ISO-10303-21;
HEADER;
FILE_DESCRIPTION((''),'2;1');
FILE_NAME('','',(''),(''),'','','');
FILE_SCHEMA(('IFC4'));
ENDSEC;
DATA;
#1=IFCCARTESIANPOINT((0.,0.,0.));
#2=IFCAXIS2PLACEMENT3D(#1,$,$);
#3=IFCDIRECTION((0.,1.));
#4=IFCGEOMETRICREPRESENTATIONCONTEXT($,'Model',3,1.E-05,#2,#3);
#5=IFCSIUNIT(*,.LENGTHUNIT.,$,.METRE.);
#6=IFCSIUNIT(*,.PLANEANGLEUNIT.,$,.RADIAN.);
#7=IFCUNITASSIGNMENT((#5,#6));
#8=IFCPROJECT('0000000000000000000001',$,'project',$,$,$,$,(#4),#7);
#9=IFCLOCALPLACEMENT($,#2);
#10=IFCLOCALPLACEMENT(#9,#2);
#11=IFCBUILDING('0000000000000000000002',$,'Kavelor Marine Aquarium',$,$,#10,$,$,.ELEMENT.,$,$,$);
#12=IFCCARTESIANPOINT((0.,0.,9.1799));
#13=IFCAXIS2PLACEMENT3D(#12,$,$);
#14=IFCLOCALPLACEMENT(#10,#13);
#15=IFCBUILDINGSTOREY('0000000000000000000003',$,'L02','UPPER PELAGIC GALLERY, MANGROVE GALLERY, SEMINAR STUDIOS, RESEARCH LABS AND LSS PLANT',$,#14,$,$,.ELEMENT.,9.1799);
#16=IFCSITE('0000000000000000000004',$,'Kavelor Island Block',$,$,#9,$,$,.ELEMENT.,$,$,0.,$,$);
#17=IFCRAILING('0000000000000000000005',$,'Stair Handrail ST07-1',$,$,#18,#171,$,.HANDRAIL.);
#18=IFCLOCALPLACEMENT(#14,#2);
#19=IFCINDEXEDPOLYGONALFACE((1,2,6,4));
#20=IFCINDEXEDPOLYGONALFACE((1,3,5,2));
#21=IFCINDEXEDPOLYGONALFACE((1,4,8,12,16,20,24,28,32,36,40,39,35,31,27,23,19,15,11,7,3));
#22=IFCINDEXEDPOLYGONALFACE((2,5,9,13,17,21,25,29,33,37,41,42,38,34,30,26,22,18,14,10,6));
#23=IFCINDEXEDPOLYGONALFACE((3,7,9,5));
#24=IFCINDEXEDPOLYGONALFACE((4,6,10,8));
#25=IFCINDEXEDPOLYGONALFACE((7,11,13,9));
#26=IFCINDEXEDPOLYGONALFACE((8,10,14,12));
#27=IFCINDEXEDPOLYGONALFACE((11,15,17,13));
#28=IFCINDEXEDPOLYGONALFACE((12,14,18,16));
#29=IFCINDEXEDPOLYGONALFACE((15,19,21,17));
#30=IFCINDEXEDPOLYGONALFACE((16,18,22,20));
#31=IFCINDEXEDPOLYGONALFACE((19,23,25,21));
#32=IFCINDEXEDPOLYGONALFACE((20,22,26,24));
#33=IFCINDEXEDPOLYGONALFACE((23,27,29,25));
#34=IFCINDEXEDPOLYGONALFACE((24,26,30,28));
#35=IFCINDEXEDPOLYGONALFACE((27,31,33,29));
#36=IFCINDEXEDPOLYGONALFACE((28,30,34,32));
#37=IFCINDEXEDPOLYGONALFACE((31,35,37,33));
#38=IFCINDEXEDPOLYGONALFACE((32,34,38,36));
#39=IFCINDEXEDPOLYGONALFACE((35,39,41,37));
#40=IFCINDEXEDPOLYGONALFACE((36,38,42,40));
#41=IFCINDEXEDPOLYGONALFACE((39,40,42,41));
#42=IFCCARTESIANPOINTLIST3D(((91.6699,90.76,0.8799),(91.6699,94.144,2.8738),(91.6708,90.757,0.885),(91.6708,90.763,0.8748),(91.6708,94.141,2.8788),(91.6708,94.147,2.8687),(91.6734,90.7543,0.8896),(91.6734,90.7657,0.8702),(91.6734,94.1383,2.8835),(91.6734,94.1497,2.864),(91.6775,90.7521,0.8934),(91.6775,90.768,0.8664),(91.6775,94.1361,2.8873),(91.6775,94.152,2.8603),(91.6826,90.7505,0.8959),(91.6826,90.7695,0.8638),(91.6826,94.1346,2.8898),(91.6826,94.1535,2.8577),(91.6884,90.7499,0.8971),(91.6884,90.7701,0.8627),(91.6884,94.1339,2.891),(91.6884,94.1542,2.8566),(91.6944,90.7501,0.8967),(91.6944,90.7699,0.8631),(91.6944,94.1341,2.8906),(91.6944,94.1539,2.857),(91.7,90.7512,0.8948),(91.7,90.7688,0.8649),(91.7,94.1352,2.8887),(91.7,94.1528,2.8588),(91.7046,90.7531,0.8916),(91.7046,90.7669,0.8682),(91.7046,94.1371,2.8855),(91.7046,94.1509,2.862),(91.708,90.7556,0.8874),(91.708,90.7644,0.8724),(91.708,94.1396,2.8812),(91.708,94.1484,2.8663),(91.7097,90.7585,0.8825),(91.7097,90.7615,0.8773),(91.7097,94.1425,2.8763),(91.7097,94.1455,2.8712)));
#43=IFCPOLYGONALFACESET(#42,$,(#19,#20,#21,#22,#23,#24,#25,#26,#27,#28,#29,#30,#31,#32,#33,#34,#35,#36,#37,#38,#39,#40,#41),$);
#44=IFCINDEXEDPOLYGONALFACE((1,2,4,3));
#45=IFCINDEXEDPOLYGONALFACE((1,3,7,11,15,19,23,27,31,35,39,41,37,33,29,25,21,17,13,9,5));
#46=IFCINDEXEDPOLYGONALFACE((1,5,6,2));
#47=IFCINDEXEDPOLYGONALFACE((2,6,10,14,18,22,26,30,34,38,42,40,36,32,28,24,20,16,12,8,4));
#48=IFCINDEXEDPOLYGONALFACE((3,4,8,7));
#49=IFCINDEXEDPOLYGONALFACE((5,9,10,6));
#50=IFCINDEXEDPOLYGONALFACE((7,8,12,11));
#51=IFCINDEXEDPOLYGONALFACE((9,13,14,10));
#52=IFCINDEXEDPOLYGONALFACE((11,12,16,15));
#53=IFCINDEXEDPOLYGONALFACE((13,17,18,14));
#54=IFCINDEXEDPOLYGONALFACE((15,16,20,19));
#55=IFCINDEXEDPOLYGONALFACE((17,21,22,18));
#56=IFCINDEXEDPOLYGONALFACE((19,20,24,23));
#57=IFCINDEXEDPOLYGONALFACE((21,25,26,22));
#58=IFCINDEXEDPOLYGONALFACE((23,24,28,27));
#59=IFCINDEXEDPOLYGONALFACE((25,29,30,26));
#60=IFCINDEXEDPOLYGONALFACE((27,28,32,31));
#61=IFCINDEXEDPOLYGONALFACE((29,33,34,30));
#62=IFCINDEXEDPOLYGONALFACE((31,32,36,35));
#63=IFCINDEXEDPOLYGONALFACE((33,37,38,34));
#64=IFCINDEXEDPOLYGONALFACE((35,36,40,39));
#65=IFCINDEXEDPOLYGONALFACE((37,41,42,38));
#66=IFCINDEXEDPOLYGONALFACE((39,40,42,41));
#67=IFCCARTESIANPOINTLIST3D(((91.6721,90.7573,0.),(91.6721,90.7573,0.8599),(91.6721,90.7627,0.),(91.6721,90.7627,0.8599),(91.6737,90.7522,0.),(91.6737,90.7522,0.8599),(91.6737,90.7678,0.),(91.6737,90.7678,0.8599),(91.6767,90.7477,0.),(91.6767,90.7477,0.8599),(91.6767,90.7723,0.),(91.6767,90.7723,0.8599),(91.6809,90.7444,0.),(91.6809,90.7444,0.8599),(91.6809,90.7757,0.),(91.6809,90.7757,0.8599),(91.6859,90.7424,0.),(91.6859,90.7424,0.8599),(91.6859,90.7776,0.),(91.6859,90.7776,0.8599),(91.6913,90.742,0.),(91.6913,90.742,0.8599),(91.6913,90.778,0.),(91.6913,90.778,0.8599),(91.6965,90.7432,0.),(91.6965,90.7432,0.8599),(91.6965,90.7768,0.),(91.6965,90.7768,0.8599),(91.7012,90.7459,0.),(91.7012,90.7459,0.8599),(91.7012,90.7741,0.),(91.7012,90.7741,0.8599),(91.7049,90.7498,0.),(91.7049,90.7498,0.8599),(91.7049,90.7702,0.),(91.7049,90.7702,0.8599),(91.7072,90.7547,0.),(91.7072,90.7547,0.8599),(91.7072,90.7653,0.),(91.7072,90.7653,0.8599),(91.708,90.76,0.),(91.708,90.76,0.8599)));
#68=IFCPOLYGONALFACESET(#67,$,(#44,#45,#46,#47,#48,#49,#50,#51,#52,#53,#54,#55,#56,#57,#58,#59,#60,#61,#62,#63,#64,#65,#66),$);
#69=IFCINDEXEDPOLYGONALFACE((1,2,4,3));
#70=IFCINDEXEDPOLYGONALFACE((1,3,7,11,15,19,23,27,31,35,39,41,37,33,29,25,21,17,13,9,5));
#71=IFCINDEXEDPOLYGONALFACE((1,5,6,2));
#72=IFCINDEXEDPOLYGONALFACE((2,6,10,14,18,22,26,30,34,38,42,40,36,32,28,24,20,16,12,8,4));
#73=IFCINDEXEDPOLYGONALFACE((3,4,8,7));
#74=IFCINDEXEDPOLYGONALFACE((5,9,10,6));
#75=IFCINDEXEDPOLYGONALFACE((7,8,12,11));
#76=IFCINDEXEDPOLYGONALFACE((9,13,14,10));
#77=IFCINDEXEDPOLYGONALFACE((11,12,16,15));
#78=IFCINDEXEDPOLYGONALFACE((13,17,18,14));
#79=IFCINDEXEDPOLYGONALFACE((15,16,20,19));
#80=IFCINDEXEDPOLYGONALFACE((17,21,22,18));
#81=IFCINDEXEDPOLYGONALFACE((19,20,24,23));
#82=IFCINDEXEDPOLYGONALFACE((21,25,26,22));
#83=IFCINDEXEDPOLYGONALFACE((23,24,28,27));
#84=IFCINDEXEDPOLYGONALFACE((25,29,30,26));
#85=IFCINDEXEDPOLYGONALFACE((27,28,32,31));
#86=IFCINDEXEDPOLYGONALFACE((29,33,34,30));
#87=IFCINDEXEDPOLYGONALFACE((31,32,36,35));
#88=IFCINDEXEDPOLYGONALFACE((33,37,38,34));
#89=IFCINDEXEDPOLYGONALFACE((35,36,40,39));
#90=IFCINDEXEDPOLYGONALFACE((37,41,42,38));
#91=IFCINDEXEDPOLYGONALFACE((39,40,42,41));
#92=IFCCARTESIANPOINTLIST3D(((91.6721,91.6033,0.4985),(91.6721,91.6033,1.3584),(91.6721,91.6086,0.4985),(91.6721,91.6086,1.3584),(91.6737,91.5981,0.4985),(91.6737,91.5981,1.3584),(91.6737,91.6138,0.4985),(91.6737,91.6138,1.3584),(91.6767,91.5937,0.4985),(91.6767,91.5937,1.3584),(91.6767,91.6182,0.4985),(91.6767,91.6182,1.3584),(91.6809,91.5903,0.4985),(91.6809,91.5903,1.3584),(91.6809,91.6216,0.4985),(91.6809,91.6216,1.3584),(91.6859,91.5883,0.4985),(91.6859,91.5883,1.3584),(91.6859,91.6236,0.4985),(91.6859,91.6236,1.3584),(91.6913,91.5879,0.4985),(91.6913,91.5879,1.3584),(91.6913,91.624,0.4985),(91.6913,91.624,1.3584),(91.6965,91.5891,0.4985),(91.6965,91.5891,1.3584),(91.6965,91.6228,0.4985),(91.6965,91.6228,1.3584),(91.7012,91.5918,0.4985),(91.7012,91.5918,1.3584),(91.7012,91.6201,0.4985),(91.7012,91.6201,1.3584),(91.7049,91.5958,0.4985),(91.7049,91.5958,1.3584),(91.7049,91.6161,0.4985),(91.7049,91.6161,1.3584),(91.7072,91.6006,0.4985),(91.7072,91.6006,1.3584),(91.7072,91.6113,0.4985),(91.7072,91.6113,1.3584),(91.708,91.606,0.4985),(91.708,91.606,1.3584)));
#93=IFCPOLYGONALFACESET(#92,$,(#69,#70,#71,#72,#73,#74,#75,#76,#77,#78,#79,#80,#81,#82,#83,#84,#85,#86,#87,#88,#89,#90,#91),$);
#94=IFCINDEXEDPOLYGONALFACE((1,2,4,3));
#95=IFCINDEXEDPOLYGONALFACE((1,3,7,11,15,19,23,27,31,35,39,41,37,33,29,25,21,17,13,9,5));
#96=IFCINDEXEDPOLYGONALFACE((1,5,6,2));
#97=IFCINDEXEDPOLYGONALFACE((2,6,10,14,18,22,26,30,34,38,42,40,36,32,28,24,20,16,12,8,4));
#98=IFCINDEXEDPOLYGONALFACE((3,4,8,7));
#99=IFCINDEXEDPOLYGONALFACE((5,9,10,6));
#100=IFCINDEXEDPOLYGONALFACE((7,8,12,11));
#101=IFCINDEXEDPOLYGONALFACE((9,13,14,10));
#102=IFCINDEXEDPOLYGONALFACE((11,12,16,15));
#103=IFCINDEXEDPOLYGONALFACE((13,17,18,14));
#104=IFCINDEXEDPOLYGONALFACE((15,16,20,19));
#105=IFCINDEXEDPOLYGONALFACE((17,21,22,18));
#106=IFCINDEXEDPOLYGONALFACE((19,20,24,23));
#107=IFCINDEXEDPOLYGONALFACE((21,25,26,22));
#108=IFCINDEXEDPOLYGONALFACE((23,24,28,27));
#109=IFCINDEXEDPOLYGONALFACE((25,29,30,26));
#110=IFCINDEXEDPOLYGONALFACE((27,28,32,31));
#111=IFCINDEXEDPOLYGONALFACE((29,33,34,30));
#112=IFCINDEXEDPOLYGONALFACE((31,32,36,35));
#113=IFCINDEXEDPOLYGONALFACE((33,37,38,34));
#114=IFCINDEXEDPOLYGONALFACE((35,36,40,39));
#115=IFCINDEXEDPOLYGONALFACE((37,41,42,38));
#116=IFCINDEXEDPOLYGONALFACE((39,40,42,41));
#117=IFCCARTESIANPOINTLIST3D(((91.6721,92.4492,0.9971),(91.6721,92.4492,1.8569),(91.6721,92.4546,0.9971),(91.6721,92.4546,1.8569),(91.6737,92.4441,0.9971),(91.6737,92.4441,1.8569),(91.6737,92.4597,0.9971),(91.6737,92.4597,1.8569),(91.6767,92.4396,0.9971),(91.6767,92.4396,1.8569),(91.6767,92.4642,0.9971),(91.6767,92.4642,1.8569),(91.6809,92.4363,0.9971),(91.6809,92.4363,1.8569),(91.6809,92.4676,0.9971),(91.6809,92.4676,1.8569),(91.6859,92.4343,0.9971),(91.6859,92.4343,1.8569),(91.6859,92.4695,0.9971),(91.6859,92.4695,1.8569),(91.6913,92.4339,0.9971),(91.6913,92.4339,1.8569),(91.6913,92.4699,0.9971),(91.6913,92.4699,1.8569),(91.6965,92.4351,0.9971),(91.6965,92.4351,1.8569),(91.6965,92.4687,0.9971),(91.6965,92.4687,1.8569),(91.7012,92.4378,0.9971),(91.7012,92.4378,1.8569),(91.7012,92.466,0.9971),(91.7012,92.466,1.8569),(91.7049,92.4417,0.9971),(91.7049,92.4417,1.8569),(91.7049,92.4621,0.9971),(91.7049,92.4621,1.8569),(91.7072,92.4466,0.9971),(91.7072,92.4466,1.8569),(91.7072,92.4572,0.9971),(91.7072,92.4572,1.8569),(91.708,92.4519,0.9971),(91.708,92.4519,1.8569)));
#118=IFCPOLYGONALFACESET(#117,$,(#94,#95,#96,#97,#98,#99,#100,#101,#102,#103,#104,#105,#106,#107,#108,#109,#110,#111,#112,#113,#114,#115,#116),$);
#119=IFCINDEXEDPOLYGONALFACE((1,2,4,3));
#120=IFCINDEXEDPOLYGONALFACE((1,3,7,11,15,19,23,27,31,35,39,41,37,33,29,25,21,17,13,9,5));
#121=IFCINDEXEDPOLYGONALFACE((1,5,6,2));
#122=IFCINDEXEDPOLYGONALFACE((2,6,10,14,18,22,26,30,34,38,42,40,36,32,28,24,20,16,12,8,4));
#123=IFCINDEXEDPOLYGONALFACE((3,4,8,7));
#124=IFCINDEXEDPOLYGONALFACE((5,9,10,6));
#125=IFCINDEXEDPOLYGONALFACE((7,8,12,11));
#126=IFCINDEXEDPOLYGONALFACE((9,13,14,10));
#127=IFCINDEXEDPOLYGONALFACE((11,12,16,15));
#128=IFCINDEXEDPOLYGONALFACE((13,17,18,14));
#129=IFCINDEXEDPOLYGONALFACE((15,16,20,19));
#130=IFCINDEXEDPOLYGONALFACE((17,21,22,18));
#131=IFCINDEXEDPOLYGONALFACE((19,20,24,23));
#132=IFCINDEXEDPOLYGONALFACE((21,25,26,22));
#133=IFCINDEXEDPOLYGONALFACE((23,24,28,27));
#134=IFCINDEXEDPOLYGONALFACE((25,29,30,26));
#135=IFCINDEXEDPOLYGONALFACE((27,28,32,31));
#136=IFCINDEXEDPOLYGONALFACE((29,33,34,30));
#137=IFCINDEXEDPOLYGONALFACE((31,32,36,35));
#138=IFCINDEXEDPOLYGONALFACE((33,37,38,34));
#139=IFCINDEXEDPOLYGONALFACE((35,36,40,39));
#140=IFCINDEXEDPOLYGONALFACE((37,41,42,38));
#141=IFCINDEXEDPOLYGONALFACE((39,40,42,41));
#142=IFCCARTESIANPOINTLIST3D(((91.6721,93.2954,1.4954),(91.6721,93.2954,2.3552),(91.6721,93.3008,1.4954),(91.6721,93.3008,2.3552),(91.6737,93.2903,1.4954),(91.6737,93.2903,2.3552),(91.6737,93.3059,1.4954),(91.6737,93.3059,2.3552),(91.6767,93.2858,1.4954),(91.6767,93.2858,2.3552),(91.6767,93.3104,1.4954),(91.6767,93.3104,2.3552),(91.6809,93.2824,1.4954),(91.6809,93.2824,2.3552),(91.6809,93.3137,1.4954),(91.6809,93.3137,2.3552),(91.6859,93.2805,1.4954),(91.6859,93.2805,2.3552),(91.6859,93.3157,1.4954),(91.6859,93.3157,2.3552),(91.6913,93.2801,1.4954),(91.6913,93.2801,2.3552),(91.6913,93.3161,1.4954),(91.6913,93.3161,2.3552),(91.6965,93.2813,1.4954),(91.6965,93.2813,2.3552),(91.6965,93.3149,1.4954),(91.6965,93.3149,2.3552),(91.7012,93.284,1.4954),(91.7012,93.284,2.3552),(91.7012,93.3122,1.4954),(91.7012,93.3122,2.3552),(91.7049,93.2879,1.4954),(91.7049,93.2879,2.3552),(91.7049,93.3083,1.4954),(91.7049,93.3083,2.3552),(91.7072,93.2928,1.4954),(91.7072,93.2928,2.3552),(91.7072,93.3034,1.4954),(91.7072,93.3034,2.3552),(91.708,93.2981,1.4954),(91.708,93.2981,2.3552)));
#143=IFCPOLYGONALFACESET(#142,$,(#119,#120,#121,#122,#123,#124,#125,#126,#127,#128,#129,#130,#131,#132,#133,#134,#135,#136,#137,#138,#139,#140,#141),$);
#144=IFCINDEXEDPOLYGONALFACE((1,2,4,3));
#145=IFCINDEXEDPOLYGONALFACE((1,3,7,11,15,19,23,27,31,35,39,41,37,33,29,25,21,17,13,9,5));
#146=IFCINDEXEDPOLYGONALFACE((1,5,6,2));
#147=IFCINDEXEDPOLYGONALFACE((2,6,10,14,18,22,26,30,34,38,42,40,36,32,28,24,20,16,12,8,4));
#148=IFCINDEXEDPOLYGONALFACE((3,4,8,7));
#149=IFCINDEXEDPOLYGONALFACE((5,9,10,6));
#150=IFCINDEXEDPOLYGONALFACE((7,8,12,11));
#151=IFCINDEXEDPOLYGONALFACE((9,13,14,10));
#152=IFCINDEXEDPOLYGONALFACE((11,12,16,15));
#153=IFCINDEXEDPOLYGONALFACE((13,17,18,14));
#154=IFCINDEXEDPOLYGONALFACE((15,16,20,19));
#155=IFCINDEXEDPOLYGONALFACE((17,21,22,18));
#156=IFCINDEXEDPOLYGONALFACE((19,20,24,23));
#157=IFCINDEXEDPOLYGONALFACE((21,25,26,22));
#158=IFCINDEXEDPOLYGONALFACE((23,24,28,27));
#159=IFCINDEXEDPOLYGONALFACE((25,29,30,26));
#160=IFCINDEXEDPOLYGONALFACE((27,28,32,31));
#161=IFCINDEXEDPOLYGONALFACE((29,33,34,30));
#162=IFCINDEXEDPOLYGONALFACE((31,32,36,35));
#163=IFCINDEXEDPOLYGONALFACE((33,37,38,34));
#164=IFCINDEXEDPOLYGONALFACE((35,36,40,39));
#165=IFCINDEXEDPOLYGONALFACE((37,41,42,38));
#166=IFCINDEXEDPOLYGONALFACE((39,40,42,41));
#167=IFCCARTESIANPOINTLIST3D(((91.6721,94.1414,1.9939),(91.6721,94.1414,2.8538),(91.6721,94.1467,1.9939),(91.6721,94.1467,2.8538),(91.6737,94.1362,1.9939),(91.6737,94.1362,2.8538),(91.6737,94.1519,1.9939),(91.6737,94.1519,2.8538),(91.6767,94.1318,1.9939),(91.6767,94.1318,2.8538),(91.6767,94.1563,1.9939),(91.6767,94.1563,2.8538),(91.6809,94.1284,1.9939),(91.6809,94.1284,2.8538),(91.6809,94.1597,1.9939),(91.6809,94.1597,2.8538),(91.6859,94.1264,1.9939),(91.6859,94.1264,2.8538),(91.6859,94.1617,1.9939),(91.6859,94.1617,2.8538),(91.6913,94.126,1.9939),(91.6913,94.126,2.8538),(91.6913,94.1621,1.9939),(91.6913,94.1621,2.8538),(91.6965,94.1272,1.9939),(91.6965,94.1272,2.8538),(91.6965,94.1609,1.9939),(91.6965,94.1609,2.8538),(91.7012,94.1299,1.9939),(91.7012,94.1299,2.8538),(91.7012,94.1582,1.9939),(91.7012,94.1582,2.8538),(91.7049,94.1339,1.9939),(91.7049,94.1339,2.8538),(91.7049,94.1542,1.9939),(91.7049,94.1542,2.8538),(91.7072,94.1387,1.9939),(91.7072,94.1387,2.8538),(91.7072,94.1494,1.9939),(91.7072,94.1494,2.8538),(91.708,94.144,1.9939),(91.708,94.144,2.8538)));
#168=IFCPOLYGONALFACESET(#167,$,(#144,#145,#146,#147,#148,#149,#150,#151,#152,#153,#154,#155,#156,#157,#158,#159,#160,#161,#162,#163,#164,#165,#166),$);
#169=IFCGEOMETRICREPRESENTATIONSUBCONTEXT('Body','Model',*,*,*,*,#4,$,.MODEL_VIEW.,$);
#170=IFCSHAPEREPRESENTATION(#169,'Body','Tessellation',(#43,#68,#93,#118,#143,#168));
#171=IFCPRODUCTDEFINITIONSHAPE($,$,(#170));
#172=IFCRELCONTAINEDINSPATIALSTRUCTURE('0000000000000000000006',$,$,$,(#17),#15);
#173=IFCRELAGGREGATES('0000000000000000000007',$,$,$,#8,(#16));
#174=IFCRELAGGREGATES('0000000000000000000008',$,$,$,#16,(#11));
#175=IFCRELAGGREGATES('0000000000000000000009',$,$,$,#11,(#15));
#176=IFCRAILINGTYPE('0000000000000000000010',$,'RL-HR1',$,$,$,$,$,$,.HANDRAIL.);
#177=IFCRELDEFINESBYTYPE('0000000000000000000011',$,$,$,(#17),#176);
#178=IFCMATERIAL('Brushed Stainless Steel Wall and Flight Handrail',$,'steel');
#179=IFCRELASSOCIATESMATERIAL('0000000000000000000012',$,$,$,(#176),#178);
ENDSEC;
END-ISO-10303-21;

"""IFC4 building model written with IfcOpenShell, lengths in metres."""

from ifc_helpers import new_model, si_unit, direction, frame, origin, origin_2d, place, context, subcontext, project, spatial, circle, extrude, material, type_object, element, save


model = new_model("IFC4")

# Units and contexts
model_context = context("Model", 3, precision=1e-05, world=origin(), true_north=direction((0.0, 1.0)))
body_context = subcontext(model_context, "Body", "Model", "MODEL_VIEW")
ifc_project = project(units=[si_unit("LENGTHUNIT", "METRE"), si_unit("PLANEANGLEUNIT", "RADIAN")], contexts=[model_context])

# Site, building, storey
site_placement = place(None, origin())
site = spatial("IfcSite", under=ifc_project, at=site_placement, Name="Kavelor Island Block", CompositionType="ELEMENT", RefElevation=0.0)
building_placement = place(site_placement, origin())
building = spatial("IfcBuilding", under=site, at=building_placement, Name="Kavelor Marine Aquarium", CompositionType="ELEMENT")
storey_placement = place(building_placement, frame((0.0, 0.0, 9.1799)))
storey = spatial("IfcBuildingStorey", under=building, at=storey_placement, Name="L02", Description="UPPER PELAGIC GALLERY, MANGROVE GALLERY, SEMINAR STUDIOS, RESEARCH LABS AND LSS PLANT", CompositionType="ELEMENT", Elevation=9.1799)

# Railing
ifc_material_1 = material(Name="Brushed Stainless Steel Wall and Flight Handrail", Category="steel")
railing_type_1 = type_object("IfcRailingType", Name="RL-HR1", PredefinedType="HANDRAIL", material=ifc_material_1)
railing_1_placement = place(storey_placement, frame((91.6899, 90.76, 0.0)))
element("IfcRailing", 1, at=railing_1_placement, inside=storey, type_object=railing_type_1, Name="Stair Handrail ST07-1", PredefinedType="HANDRAIL", context=body_context, shape_type="SweptSolid", body=[
    extrude(circle(Radius=0.02, at=origin_2d()), frame((0.0, 0.0, 0.8799), z_axis=(0.0, 0.861568, 0.507642), x_axis=(-1.0, 0.0, 0.0)), (0.0, 0.0, 1.0), 3.9277),
    extrude(circle(Radius=0.0181, at=origin_2d()), origin(), (0.0, 0.0, 1.0), 0.8599),
    extrude(circle(Radius=0.0181, at=origin_2d()), frame((0.0, 0.8459, 0.4985)), (0.0, 0.0, 1.0), 0.8599),
    extrude(circle(Radius=0.0181, at=origin_2d()), frame((0.0, 1.6919, 0.9971)), (0.0, 0.0, 1.0), 0.8599),
    extrude(circle(Radius=0.0181, at=origin_2d()), frame((0.0, 2.5381, 1.4954)), (0.0, 0.0, 1.0), 0.8599),
    extrude(circle(Radius=0.0181, at=origin_2d()), frame((0.0, 3.384, 1.9939)), (0.0, 0.0, 1.0), 0.8599),
])

save(model, "model.ifc")
